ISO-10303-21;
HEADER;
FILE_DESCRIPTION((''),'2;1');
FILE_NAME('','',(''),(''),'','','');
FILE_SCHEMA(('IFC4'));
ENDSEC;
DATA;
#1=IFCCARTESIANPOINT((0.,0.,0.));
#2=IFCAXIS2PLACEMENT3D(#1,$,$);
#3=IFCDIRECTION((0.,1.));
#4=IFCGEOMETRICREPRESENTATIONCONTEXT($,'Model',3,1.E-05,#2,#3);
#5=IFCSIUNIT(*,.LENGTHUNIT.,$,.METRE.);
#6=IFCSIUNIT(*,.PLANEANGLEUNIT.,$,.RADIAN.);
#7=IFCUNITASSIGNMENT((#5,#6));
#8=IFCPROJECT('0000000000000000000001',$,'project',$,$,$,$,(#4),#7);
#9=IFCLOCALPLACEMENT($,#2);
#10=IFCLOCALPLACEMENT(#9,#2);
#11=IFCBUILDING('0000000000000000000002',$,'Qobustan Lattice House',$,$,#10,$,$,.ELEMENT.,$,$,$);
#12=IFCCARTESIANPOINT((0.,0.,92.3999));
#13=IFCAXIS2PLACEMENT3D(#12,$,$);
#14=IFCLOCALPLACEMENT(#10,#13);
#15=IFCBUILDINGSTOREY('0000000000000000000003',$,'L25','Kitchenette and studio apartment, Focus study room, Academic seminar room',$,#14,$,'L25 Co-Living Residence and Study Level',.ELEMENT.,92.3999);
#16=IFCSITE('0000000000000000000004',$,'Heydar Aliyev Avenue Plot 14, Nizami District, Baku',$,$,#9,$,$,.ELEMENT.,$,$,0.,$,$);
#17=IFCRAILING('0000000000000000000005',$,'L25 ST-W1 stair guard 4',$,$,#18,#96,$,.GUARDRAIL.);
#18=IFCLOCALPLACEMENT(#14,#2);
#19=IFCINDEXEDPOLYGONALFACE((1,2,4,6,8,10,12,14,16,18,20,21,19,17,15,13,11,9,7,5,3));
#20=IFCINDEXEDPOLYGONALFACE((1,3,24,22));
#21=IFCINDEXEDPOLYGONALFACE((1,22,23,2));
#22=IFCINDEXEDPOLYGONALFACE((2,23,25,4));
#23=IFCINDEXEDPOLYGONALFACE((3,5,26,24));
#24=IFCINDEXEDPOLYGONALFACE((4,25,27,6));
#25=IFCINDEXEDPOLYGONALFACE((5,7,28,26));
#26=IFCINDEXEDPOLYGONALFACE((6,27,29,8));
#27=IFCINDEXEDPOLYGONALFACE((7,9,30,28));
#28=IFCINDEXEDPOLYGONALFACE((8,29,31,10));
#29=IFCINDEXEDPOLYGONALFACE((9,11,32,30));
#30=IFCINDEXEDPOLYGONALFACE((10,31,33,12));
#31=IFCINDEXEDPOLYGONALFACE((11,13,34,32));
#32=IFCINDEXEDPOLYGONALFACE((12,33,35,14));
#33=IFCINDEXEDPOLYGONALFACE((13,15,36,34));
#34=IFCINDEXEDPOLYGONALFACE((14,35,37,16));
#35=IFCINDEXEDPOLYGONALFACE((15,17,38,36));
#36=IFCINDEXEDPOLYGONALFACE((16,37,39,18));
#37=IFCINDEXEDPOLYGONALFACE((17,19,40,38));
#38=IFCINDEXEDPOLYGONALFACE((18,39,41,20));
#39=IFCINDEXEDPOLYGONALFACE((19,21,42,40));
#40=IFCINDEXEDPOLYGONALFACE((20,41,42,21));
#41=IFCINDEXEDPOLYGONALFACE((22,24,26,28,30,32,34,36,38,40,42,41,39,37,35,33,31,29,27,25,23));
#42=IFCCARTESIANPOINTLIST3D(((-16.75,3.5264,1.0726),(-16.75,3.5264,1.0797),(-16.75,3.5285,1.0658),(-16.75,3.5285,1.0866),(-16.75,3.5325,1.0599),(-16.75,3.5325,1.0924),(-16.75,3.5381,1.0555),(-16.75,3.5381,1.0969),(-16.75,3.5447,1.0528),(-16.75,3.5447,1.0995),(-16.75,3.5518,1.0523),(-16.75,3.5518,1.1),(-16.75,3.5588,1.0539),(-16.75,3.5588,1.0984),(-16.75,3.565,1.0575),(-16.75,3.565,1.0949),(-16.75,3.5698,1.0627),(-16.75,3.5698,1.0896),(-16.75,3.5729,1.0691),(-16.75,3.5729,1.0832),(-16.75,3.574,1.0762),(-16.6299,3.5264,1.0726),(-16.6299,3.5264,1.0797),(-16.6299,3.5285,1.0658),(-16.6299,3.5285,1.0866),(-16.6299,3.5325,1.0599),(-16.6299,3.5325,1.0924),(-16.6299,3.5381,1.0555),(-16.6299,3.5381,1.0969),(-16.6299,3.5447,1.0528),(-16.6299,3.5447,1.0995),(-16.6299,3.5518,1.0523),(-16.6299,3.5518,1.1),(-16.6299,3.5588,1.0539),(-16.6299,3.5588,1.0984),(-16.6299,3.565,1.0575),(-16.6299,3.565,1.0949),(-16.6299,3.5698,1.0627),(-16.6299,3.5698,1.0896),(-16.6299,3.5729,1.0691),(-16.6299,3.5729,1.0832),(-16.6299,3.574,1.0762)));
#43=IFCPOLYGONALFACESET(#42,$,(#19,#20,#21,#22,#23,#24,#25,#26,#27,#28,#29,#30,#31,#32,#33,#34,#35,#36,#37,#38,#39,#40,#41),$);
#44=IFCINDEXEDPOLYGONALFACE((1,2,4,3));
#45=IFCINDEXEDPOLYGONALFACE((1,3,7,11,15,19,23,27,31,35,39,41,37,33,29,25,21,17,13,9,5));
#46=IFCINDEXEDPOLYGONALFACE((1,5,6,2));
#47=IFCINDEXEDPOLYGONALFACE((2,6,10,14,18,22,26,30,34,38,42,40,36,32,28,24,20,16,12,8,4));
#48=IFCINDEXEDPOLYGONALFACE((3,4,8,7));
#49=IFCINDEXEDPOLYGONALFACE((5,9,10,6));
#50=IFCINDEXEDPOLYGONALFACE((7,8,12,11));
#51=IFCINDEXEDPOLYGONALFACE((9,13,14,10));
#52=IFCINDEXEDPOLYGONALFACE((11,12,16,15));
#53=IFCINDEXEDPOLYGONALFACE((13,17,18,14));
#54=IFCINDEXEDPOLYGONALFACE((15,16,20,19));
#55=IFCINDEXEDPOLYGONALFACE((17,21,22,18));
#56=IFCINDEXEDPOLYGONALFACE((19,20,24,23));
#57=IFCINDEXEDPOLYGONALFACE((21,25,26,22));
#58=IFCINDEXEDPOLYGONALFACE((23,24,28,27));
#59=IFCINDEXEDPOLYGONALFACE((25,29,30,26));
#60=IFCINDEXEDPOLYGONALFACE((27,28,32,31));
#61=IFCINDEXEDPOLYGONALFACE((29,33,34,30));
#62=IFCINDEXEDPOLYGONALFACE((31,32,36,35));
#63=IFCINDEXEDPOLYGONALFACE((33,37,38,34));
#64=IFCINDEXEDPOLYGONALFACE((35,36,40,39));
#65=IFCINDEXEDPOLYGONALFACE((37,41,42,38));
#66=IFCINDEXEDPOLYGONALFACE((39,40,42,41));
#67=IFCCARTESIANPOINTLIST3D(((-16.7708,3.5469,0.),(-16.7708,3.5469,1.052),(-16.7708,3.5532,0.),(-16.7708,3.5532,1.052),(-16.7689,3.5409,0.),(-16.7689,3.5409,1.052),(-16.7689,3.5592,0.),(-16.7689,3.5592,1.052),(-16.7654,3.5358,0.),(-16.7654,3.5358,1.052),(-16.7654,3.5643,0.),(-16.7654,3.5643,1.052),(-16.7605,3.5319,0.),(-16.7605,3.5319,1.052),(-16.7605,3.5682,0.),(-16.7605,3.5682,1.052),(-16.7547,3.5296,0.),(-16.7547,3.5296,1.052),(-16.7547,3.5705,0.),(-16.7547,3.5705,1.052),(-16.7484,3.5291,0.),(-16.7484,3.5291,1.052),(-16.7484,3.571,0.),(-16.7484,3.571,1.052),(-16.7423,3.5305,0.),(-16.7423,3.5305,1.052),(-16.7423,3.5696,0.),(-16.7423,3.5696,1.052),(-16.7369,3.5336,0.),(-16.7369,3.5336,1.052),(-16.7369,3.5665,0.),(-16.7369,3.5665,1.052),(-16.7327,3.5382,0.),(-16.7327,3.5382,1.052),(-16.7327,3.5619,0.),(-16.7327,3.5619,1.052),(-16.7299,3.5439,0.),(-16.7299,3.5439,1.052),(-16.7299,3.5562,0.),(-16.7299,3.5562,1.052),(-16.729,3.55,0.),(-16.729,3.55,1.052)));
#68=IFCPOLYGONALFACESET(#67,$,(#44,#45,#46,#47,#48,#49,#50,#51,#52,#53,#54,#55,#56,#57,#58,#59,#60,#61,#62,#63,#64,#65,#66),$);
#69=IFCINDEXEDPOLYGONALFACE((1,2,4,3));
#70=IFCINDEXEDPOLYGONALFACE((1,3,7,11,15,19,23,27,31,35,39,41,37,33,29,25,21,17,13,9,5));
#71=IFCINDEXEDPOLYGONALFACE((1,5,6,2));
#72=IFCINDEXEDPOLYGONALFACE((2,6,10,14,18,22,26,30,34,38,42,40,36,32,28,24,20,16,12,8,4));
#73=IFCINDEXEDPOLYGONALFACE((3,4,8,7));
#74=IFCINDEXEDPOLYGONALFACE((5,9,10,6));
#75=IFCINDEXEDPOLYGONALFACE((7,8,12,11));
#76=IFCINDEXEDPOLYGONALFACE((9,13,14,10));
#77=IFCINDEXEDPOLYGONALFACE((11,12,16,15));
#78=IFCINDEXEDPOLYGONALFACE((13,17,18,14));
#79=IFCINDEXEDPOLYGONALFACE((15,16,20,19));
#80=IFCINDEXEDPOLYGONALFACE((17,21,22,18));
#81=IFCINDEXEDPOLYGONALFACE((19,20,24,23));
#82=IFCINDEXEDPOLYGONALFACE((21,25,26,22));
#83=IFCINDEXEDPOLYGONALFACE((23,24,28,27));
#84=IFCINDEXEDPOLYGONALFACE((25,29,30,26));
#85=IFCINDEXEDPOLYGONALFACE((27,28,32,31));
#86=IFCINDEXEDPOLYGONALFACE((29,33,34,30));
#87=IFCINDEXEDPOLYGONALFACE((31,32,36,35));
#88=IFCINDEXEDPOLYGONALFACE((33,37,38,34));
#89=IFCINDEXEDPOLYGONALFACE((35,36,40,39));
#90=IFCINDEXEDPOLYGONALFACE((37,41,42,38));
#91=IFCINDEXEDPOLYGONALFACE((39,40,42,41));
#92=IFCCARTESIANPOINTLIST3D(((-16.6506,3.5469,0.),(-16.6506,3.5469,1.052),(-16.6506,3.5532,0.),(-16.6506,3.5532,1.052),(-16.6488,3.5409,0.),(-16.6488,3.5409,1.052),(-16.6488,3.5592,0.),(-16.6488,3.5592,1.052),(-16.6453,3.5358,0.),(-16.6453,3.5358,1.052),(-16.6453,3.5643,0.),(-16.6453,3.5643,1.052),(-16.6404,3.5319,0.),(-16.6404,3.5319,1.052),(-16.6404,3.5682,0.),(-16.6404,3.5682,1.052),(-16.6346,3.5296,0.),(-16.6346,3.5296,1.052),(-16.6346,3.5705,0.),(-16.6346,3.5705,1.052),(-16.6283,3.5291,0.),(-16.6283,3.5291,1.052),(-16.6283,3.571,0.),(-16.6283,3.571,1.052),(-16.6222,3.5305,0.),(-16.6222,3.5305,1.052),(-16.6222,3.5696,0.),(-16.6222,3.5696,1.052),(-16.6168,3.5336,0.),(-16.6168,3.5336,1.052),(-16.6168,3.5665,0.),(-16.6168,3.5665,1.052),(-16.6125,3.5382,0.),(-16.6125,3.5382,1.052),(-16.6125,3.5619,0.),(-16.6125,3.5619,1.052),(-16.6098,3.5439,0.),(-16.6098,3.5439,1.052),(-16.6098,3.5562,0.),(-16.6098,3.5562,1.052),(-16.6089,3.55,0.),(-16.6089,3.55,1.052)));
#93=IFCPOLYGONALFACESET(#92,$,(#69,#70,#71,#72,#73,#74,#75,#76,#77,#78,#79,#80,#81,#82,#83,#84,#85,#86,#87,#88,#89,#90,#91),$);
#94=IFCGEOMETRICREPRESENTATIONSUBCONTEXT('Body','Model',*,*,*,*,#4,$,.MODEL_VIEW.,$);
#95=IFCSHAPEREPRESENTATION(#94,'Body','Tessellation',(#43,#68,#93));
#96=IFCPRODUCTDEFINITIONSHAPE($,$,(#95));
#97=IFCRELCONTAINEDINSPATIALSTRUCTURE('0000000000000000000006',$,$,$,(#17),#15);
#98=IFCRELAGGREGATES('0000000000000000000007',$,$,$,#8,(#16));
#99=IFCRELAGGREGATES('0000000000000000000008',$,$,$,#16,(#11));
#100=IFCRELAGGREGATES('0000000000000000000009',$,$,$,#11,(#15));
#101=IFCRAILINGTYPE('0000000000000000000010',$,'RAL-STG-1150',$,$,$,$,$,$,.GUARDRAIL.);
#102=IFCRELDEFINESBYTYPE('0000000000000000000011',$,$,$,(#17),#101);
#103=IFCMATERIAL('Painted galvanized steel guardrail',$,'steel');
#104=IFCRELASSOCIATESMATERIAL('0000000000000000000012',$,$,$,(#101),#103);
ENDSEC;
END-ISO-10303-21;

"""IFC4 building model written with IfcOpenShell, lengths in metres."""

from ifc_helpers import new_model, si_unit, direction, frame, origin, origin_2d, place, context, subcontext, project, spatial, circle, extrude, material, type_object, element, save


model = new_model("IFC4")

# Units and contexts
model_context = context("Model", 3, precision=1e-05, world=origin(), true_north=direction((0.0, 1.0)))
body_context = subcontext(model_context, "Body", "Model", "MODEL_VIEW")
ifc_project = project(units=[si_unit("LENGTHUNIT", "METRE"), si_unit("PLANEANGLEUNIT", "RADIAN")], contexts=[model_context])

# Site, building, storey
site_placement = place(None, origin())
site = spatial("IfcSite", under=ifc_project, at=site_placement, Name="Heydar Aliyev Avenue Plot 14, Nizami District, Baku", CompositionType="ELEMENT", RefElevation=0.0)
building_placement = place(site_placement, origin())
building = spatial("IfcBuilding", under=site, at=building_placement, Name="Qobustan Lattice House", CompositionType="ELEMENT")
storey_placement = place(building_placement, frame((0.0, 0.0, 92.3999)))
storey = spatial("IfcBuildingStorey", under=building, at=storey_placement, Name="L25", Description="Kitchenette and studio apartment, Focus study room, Academic seminar room", LongName="L25 Co-Living Residence and Study Level", CompositionType="ELEMENT", Elevation=92.3999)

# Railing
ifc_material_1 = material(Name="Painted galvanized steel guardrail", Category="steel")
railing_type_1 = type_object("IfcRailingType", Name="RAL-STG-1150", PredefinedType="GUARDRAIL", material=ifc_material_1)
railing_1_placement = place(storey_placement, frame((-16.75, 3.55, 0.0)))
element("IfcRailing", 1, at=railing_1_placement, inside=storey, type_object=railing_type_1, Name="L25 ST-W1 stair guard 4", PredefinedType="GUARDRAIL", context=body_context, shape_type="SweptSolid", body=[
    extrude(circle(Radius=0.0239, at=origin_2d()), frame((0.0, 0.0, 1.0762), z_axis=(1.0, 0.0, 0.0), x_axis=(0.0, 1.0, 0.0)), (0.0, 0.0, 1.0), 0.1201),
    extrude(circle(Radius=0.021, at=origin_2d()), origin(), (0.0, 0.0, 1.0), 1.052),
    extrude(circle(Radius=0.021, at=origin_2d()), frame((0.1201, 0.0, 0.0)), (0.0, 0.0, 1.0), 1.052),
])

save(model, "model.ifc")
